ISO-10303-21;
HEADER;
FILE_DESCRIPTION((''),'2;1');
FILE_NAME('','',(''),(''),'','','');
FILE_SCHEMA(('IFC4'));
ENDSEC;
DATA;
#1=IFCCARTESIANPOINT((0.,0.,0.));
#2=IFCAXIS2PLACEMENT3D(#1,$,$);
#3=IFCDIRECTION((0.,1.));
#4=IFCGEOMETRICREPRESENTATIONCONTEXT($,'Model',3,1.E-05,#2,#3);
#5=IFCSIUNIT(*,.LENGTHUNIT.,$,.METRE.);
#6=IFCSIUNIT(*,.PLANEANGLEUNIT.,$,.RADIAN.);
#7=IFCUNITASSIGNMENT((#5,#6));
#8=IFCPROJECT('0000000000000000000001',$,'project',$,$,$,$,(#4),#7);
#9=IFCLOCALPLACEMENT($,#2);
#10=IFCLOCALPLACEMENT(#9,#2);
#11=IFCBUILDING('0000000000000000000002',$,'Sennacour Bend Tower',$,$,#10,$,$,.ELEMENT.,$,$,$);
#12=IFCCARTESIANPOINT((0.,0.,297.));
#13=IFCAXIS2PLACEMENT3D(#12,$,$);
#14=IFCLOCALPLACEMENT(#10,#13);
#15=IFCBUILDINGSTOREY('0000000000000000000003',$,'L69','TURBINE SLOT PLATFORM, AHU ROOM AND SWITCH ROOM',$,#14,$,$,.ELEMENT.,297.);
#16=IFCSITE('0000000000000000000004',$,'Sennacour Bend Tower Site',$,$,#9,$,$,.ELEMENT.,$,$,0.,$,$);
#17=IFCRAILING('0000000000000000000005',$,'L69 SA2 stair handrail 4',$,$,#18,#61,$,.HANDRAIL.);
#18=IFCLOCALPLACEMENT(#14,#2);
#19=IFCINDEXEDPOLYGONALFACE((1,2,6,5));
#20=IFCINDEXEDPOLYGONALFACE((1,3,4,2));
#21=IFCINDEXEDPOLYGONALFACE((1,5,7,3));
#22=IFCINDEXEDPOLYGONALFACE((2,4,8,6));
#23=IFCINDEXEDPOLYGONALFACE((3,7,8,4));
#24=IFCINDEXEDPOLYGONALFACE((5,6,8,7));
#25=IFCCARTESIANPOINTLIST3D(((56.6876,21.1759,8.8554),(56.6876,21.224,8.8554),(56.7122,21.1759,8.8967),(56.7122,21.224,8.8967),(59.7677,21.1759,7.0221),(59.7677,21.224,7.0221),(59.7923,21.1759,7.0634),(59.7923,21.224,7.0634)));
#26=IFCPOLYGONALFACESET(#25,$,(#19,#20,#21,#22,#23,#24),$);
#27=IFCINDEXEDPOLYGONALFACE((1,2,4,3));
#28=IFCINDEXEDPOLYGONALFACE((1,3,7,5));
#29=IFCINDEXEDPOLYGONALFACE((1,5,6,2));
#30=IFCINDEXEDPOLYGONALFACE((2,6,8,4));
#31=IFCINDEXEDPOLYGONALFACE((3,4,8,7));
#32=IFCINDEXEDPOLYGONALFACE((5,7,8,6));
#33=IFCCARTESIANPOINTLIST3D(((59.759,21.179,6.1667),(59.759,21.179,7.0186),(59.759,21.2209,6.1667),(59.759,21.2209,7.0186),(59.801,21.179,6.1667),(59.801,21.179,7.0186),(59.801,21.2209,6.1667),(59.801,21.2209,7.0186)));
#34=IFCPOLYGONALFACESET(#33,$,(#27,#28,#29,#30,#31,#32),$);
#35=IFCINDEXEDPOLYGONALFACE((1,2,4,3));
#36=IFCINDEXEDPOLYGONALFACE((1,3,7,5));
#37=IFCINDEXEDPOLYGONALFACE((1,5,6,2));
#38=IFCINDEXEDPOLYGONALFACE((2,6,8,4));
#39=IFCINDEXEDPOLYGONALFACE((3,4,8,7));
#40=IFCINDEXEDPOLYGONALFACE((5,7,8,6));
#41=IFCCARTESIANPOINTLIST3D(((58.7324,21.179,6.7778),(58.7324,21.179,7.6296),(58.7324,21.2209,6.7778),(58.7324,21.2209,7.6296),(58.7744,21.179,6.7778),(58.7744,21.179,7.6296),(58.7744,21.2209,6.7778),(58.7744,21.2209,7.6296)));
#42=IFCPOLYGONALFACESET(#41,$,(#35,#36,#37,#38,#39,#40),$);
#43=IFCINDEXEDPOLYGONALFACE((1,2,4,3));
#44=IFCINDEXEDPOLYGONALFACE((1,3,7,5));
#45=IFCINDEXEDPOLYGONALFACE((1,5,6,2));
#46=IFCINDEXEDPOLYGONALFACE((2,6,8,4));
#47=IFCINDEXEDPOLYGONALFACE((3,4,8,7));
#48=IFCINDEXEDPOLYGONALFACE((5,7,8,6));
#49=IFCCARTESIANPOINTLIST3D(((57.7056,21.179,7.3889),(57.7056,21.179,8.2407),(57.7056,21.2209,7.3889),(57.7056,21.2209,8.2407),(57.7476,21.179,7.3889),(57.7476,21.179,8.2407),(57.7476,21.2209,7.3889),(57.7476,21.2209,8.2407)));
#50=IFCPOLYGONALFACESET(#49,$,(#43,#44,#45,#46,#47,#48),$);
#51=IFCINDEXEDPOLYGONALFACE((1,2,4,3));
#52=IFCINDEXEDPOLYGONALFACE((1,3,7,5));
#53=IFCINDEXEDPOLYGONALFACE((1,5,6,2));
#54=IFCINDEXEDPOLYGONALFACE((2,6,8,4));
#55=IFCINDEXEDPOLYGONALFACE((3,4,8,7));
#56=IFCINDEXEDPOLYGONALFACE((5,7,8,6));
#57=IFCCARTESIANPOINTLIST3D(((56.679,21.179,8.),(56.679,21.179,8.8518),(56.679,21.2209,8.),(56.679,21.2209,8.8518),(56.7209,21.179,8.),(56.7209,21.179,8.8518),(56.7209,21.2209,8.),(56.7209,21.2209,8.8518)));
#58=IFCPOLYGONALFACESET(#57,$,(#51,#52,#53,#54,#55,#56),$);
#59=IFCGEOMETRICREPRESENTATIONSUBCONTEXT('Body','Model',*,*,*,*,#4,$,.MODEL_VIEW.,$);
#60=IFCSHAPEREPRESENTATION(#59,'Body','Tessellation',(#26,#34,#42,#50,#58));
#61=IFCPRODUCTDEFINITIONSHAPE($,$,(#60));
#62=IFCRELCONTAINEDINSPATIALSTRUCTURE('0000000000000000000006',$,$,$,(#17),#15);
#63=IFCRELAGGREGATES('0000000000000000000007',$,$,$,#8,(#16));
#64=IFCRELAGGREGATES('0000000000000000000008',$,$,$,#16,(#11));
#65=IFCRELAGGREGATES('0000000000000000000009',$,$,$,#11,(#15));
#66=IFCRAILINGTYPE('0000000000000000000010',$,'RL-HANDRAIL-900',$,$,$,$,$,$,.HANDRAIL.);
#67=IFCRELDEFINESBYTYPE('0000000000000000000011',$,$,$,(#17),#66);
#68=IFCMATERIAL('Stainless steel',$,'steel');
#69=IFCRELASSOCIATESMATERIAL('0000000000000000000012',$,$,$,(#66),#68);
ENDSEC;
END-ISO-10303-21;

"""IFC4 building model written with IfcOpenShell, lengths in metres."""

from ifc_helpers import new_model, si_unit, direction, frame, origin, origin_2d, place, context, subcontext, project, spatial, rectangle, extrude, material, type_object, element, save


model = new_model("IFC4")

# Units and contexts
model_context = context("Model", 3, precision=1e-05, world=origin(), true_north=direction((0.0, 1.0)))
body_context = subcontext(model_context, "Body", "Model", "MODEL_VIEW")
ifc_project = project(units=[si_unit("LENGTHUNIT", "METRE"), si_unit("PLANEANGLEUNIT", "RADIAN")], contexts=[model_context])

# Site, building, storey
site_placement = place(None, origin())
site = spatial("IfcSite", under=ifc_project, at=site_placement, Name="Sennacour Bend Tower Site", CompositionType="ELEMENT", RefElevation=0.0)
building_placement = place(site_placement, origin())
building = spatial("IfcBuilding", under=site, at=building_placement, Name="Sennacour Bend Tower", CompositionType="ELEMENT")
storey_placement = place(building_placement, frame((0.0, 0.0, 297.0)))
storey = spatial("IfcBuildingStorey", under=building, at=storey_placement, Name="L69", Description="TURBINE SLOT PLATFORM, AHU ROOM AND SWITCH ROOM", CompositionType="ELEMENT", Elevation=297.0)

# Railing
ifc_material_1 = material(Name="Stainless steel", Category="steel")
railing_type_1 = type_object("IfcRailingType", Name="RL-HANDRAIL-900", PredefinedType="HANDRAIL", material=ifc_material_1)
for number, where, name in (
    (1, (59.78, 21.2, 6.1667), "L69 SA2 stair handrail 4"),
):
    element("IfcRailing", number, at=place(storey_placement, frame(where)), inside=storey, type_object=railing_type_1, Name=name, PredefinedType="HANDRAIL", context=body_context, shape_type="SweptSolid", body=[
        extrude(rectangle(XDim=0.0481, YDim=0.0481, at=origin_2d()), frame((0.0, 0.0, 0.876), z_axis=(-0.859309, 0.0, 0.511458), x_axis=(0.0, -1.0, 0.0)), (0.0, 0.0, 1.0), 3.5845),
        extrude(rectangle(XDim=0.042, YDim=0.042, at=origin_2d()), origin(), (0.0, 0.0, 1.0), 0.8518),
        extrude(rectangle(XDim=0.042, YDim=0.042, at=origin_2d()), frame((-1.0266, 0.0, 0.6111)), (0.0, 0.0, 1.0), 0.8518),
        extrude(rectangle(XDim=0.042, YDim=0.042, at=origin_2d()), frame((-2.0535, 0.0, 1.2222)), (0.0, 0.0, 1.0), 0.8518),
        extrude(rectangle(XDim=0.042, YDim=0.042, at=origin_2d()), frame((-3.0801, 0.0, 1.8333)), (0.0, 0.0, 1.0), 0.8518),
    ])

save(model, "model.ifc")
